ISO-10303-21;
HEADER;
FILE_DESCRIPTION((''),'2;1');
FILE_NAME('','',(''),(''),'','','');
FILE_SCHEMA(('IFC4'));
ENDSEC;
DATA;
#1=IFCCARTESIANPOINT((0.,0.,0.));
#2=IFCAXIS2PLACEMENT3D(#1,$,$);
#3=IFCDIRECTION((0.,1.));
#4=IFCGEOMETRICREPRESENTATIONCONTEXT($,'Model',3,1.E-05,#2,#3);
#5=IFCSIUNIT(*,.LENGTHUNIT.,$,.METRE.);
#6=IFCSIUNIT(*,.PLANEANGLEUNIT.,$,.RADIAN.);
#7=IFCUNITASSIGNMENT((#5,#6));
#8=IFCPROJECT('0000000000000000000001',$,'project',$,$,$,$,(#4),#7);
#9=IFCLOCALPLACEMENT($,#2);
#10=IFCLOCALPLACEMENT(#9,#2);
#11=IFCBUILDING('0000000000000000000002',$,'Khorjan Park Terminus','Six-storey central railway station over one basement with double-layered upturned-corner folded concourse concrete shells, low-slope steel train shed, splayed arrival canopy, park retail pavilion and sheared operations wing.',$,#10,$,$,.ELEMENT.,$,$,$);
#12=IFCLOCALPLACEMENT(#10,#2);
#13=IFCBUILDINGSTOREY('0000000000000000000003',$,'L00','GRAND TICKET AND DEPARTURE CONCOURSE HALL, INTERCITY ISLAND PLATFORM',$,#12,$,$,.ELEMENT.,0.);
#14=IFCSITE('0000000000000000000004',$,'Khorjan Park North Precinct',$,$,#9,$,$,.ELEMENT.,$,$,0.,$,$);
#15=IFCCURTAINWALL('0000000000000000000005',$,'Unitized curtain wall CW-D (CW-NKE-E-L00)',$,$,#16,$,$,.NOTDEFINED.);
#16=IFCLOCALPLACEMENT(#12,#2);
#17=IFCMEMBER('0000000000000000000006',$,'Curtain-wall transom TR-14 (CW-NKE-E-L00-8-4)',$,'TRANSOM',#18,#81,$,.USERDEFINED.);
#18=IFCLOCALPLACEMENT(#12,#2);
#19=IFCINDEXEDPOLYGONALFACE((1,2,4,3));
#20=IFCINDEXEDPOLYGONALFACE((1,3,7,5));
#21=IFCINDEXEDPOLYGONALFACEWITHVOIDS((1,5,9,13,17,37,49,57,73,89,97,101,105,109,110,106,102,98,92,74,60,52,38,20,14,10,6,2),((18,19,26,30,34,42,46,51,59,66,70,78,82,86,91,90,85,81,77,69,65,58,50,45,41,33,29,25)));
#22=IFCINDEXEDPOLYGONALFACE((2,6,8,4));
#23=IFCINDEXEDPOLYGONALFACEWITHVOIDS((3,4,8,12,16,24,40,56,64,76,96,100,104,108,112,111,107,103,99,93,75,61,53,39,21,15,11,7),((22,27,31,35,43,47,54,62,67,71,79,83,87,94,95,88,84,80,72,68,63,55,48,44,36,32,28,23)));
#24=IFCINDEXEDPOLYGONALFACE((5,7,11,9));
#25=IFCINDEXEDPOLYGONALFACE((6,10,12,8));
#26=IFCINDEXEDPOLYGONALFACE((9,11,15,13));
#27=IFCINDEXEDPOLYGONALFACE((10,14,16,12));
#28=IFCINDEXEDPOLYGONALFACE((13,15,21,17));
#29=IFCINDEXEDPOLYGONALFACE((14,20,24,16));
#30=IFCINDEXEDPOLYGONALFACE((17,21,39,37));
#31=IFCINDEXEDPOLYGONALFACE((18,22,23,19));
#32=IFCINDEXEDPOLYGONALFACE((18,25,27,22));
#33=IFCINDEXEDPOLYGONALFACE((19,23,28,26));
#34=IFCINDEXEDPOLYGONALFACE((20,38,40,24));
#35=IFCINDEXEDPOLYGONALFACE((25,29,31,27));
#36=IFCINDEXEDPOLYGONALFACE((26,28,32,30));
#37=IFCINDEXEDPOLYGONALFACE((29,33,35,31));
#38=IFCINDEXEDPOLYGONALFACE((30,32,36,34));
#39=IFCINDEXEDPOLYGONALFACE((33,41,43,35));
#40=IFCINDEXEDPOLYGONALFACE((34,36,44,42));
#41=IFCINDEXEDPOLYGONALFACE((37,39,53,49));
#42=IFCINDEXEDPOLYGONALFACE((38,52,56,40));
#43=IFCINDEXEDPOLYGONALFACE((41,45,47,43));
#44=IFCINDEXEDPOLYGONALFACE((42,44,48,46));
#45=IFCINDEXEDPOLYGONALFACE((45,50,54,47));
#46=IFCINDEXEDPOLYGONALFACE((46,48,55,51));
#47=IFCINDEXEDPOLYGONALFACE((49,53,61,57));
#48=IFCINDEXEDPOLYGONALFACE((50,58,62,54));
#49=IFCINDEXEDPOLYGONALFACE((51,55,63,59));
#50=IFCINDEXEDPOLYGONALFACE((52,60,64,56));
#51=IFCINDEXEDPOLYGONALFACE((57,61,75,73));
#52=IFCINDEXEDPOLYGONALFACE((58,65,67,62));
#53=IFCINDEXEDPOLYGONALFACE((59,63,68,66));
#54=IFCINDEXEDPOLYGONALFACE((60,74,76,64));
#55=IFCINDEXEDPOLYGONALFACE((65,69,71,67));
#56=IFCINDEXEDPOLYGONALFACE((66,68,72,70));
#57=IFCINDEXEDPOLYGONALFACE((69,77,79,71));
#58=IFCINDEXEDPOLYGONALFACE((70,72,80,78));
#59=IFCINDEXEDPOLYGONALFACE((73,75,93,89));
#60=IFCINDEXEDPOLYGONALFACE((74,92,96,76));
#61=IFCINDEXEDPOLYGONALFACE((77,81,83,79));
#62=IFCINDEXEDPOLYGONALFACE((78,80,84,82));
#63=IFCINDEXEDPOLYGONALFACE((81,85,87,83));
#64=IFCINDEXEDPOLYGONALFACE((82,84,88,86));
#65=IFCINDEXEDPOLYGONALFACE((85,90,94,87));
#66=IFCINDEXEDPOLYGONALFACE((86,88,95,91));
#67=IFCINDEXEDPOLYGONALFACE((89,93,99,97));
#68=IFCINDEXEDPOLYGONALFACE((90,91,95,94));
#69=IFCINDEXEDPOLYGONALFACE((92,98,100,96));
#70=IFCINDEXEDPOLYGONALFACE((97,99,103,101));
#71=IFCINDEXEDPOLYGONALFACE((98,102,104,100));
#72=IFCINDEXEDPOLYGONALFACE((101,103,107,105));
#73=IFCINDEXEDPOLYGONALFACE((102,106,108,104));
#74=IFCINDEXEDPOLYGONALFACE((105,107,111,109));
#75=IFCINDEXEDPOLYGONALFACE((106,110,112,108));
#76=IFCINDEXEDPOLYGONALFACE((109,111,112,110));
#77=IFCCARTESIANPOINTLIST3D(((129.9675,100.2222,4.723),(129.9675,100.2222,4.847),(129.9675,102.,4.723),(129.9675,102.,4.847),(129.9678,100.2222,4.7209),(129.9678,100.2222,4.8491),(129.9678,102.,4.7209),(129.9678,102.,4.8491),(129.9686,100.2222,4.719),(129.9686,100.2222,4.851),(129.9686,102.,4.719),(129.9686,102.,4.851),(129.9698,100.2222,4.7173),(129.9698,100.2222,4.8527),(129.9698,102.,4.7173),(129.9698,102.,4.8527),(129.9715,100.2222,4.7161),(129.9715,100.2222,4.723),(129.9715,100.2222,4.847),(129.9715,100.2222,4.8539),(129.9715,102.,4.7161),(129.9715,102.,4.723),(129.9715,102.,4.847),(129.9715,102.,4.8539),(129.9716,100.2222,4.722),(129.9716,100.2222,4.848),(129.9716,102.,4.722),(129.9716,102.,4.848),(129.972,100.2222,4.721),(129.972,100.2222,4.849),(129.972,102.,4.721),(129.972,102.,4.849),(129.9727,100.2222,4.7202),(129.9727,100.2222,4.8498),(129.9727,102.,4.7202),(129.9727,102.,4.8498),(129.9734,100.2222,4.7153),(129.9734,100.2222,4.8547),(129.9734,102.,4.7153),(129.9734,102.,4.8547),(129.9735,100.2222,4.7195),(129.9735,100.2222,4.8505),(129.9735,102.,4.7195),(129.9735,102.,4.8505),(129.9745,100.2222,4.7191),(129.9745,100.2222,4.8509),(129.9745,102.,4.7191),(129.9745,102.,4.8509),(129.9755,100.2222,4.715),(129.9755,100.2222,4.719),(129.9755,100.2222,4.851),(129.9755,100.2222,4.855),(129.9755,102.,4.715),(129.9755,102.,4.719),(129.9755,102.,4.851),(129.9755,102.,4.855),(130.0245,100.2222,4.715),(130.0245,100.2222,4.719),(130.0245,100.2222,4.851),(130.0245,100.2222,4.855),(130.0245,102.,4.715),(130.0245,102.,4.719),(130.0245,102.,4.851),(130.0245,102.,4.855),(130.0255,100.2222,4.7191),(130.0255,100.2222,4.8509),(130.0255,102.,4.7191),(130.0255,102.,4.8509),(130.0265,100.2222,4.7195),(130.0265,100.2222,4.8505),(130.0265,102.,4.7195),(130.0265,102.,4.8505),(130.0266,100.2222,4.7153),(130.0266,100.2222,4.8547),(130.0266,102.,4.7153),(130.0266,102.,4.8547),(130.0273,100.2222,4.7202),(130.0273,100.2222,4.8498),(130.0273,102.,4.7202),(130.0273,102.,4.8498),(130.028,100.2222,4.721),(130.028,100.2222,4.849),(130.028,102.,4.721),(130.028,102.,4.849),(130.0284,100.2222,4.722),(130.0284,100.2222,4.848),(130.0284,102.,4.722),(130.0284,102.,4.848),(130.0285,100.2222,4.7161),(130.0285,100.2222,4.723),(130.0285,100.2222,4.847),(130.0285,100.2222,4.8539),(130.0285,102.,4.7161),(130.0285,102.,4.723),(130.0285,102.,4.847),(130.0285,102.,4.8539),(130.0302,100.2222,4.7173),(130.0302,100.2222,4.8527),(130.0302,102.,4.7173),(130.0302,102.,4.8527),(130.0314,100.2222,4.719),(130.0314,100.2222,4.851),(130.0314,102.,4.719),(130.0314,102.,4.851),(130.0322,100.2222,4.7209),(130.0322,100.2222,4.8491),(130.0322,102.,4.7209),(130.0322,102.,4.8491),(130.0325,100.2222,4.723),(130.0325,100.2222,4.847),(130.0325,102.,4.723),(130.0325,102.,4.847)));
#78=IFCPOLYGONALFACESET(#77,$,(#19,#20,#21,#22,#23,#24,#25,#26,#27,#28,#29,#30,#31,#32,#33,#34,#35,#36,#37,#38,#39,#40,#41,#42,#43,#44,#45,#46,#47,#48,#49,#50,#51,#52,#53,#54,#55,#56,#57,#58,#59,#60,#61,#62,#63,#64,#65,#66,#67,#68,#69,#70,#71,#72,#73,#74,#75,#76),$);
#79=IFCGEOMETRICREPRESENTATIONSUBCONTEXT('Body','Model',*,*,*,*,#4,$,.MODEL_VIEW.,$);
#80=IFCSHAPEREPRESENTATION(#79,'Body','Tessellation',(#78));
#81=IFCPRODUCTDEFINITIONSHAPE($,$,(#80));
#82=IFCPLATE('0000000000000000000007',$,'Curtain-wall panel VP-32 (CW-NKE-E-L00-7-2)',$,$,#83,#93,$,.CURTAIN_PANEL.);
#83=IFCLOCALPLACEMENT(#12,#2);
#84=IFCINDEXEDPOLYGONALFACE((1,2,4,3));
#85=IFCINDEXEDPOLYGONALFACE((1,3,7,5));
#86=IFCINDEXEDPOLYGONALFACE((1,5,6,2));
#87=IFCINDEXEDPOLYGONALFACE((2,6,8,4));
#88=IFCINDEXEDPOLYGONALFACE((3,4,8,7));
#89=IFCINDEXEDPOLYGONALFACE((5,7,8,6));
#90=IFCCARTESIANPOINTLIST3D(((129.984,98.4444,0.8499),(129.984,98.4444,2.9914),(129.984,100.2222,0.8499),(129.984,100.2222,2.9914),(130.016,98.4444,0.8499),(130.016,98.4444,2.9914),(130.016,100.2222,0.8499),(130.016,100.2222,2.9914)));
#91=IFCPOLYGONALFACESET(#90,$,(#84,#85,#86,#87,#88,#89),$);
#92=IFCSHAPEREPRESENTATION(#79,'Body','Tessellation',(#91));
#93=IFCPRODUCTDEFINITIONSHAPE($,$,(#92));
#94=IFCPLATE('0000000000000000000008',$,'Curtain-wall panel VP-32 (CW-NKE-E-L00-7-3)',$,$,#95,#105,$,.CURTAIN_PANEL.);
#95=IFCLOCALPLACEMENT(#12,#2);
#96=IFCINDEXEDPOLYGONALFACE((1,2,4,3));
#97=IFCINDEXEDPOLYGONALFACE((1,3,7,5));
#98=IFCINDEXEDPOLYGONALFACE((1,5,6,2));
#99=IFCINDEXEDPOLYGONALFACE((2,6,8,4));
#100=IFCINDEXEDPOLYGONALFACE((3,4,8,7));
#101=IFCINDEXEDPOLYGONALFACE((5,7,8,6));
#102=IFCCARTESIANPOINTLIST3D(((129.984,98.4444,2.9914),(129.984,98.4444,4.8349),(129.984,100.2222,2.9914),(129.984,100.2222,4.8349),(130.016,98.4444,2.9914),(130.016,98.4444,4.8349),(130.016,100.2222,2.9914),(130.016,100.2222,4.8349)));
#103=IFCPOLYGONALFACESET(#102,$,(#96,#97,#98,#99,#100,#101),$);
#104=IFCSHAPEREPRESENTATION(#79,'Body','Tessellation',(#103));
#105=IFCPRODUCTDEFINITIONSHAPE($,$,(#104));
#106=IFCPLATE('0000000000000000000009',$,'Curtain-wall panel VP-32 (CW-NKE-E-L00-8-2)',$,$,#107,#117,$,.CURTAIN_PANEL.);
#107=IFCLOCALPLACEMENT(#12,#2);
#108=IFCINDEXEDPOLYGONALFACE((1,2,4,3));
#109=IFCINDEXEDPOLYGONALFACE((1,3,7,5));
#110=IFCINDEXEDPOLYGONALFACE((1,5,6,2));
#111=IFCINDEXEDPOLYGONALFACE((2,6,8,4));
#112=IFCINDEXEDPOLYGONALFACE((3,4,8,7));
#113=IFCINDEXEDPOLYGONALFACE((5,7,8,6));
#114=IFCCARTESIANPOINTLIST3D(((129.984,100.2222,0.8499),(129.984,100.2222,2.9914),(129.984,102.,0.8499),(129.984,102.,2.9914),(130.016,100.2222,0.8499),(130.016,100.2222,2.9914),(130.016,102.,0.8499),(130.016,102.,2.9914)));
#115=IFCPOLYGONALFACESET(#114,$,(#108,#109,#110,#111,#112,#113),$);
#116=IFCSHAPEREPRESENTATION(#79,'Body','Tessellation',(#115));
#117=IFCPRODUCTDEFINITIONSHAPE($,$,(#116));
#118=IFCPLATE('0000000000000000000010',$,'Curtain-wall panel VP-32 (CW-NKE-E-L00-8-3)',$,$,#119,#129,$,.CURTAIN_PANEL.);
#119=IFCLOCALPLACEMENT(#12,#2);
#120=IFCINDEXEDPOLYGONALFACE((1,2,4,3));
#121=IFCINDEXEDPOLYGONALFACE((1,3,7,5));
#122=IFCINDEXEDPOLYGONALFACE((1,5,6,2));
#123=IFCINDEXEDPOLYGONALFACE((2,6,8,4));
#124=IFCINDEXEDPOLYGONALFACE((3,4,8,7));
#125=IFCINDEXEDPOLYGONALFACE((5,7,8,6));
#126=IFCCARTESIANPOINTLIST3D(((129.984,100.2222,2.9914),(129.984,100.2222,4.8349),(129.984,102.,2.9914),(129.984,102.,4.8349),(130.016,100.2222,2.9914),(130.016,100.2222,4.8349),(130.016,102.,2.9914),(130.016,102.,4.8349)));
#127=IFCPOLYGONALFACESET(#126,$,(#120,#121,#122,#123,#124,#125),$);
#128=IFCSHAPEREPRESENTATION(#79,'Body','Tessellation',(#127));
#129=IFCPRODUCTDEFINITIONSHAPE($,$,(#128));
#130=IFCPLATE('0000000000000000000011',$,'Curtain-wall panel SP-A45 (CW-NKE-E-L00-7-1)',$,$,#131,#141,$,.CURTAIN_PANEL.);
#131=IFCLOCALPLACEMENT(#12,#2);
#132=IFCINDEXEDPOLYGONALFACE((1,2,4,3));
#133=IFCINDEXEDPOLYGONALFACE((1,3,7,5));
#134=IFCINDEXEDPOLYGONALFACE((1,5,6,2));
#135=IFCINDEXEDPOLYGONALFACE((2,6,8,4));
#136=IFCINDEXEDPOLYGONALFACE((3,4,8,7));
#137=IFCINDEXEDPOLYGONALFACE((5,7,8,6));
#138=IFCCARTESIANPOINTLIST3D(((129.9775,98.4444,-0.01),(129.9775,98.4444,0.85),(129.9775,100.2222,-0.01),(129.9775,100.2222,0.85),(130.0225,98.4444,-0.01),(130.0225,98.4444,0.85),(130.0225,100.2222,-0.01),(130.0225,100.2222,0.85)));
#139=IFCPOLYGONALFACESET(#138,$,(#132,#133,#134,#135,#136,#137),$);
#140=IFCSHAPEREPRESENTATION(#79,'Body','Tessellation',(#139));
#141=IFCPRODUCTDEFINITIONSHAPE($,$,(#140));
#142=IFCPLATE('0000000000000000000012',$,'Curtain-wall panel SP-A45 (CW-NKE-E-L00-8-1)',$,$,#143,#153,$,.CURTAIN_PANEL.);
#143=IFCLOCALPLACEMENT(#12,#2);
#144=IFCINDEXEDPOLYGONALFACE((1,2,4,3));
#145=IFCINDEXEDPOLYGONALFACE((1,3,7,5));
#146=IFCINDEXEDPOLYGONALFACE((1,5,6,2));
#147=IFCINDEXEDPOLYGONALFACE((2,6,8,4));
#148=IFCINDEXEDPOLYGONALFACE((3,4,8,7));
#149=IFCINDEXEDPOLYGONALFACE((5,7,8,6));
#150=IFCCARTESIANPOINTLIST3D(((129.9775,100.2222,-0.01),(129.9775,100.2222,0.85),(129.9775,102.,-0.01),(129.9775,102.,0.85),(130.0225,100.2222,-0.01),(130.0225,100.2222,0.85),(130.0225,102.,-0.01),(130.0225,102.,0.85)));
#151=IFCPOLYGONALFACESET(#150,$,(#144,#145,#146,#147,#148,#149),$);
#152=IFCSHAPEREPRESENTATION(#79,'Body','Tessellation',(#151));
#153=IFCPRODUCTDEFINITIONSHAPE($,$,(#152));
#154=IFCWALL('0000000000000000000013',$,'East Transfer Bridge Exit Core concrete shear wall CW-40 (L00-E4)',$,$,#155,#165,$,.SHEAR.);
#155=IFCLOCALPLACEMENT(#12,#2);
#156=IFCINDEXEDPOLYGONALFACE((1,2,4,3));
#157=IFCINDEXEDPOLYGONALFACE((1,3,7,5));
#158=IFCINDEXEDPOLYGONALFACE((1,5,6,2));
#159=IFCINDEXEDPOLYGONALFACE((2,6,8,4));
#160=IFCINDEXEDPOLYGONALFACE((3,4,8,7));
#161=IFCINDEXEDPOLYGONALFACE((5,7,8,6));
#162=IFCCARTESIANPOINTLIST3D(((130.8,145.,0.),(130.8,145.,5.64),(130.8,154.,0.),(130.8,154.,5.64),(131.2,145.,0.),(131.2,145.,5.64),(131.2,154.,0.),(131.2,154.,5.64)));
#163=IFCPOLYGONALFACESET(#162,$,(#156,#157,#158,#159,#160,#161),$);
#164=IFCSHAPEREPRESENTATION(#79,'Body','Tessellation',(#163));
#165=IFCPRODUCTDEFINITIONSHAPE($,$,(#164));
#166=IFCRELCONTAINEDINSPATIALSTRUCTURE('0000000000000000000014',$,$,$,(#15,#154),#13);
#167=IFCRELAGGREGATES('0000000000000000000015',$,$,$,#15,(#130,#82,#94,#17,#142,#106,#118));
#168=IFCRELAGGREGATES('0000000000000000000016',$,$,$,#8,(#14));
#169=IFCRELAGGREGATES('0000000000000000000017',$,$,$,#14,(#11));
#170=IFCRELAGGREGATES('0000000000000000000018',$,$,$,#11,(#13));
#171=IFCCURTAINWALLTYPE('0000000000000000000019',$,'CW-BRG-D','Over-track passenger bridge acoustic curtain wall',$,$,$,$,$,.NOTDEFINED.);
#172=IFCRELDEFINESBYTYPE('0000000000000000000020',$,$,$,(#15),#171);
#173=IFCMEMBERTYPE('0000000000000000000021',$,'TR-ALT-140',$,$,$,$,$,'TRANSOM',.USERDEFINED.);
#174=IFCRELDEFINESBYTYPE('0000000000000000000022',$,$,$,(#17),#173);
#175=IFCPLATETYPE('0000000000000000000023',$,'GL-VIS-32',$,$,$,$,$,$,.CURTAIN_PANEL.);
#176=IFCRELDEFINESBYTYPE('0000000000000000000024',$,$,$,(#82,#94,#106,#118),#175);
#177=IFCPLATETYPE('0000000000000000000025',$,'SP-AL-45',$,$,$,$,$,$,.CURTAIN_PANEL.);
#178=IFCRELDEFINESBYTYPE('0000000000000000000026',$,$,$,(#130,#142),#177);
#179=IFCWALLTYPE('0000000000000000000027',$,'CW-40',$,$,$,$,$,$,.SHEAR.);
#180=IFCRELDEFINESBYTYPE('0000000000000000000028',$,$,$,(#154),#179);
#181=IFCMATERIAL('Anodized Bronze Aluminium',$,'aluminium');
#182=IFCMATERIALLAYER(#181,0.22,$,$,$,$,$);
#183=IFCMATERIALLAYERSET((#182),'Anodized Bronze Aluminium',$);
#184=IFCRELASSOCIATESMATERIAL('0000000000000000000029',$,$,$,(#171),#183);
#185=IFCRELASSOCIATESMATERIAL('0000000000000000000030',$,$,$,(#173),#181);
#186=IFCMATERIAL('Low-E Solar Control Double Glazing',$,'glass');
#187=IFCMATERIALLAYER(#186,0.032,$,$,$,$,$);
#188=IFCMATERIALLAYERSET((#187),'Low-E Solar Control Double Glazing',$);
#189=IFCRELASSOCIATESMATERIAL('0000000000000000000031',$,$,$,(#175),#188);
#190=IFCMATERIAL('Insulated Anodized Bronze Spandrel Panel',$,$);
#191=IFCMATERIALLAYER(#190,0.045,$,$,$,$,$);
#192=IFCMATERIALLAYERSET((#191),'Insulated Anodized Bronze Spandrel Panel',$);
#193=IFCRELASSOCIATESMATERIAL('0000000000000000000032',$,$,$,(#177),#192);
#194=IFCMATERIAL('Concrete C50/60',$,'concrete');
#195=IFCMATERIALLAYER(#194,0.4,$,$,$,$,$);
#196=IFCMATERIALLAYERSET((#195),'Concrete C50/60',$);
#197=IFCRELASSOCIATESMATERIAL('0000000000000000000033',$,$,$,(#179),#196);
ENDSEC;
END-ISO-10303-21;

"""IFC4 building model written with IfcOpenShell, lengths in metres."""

from ifc_helpers import new_model, si_unit, direction, frame, frame_2d, origin, origin_2d, place, context, subcontext, project, spatial, rectangle, hollow_rectangle, extrude, material, layer, layer_set, material_profile, profile_set, type_object, element, aggregate, save


model = new_model("IFC4")

# Units and contexts
model_context = context("Model", 3, precision=1e-05, world=origin(), true_north=direction((0.0, 1.0)))
body_context = subcontext(model_context, "Body", "Model", "MODEL_VIEW")
ifc_project = project(units=[si_unit("LENGTHUNIT", "METRE"), si_unit("PLANEANGLEUNIT", "RADIAN")], contexts=[model_context])

# Site, building, storey
site_placement = place(None, origin())
site = spatial("IfcSite", under=ifc_project, at=site_placement, Name="Khorjan Park North Precinct", CompositionType="ELEMENT", RefElevation=0.0)
building_placement = place(site_placement, origin())
building = spatial("IfcBuilding", under=site, at=building_placement, Name="Khorjan Park Terminus", Description="Six-storey central railway station over one basement with double-layered upturned-corner folded concourse concrete shells, low-slope steel train shed, splayed arrival canopy, park retail pavilion and sheared operations wing.", CompositionType="ELEMENT")
storey_placement = place(building_placement, origin())
storey = spatial("IfcBuildingStorey", under=building, at=storey_placement, Name="L00", Description="GRAND TICKET AND DEPARTURE CONCOURSE HALL, INTERCITY ISLAND PLATFORM", CompositionType="ELEMENT", Elevation=0.0)

# Curtain wall, member, plates
ifc_material_1 = material(Name="Anodized Bronze Aluminium", Category="aluminium")
ifc_layer_1 = layer(ifc_material_1, 0.22)
ifc_layer_set_1 = layer_set([ifc_layer_1], Name="Anodized Bronze Aluminium")
curtain_wall_type = type_object("IfcCurtainWallType", Name="CW-BRG-D", Description="Over-track passenger bridge acoustic curtain wall", PredefinedType="NOTDEFINED", material=ifc_layer_set_1)
curtain_wall_placement = place(storey_placement, origin())
curtain_wall = element("IfcCurtainWall", 1, at=curtain_wall_placement, inside=storey, type_object=curtain_wall_type, Name="Unitized curtain wall CW-D (CW-NKE-E-L00)", PredefinedType="NOTDEFINED")
ifc_material_profile_1 = material_profile(ifc_material_1, hollow_rectangle(XDim=0.065, YDim=0.14, WallThickness=0.004, InnerFilletRadius=0.004, OuterFilletRadius=0.008, at=origin_2d()), Name="ALT 65x140x4")
ifc_profile_set_1 = profile_set([ifc_material_profile_1], Name="Anodized Bronze Aluminium")
member_type_1 = type_object("IfcMemberType", Name="TR-ALT-140", ElementType="TRANSOM", PredefinedType="USERDEFINED", material=ifc_profile_set_1)
member_1_placement = place(storey_placement, frame((130.0, 100.2222, 4.785), z_axis=(0.0, 1.0, 0.0), x_axis=(-1.0, 0.0, 0.0)))
member_1 = element("IfcMember", 2, at=member_1_placement, type_object=member_type_1, Name="Curtain-wall transom TR-14 (CW-NKE-E-L00-8-4)", ObjectType="TRANSOM", PredefinedType="USERDEFINED", context=body_context, shape_type="SweptSolid", body=[
    extrude(hollow_rectangle(XDim=0.065, YDim=0.14, WallThickness=0.004, InnerFilletRadius=0.004, OuterFilletRadius=0.008, at=origin_2d()), origin(), (0.0, 0.0, 1.0), 1.7778),
])
ifc_material_2 = material(Name="Low-E Solar Control Double Glazing", Category="glass")
ifc_layer_2 = layer(ifc_material_2, 0.032)
ifc_layer_set_2 = layer_set([ifc_layer_2], Name="Low-E Solar Control Double Glazing")
plate_type_1 = type_object("IfcPlateType", Name="GL-VIS-32", PredefinedType="CURTAIN_PANEL", material=ifc_layer_set_2)
plate_1_placement = place(storey_placement, frame((130.0, 99.3333, 0.8499), z_axis=(0.0, 0.0, 1.0), x_axis=(0.0, 1.0, 0.0)))
plate_1 = element("IfcPlate", 3, at=plate_1_placement, type_object=plate_type_1, Name="Curtain-wall panel VP-32 (CW-NKE-E-L00-7-2)", PredefinedType="CURTAIN_PANEL", context=body_context, shape_type="SweptSolid", body=[
    extrude(rectangle(XDim=1.7778, YDim=0.032, at=origin_2d()), origin(), (0.0, 0.0, 1.0), 2.1415),
])
plate_2_placement = place(storey_placement, frame((130.0, 99.3333, 2.9914), z_axis=(0.0, 0.0, 1.0), x_axis=(0.0, 1.0, 0.0)))
plate_2 = element("IfcPlate", 4, at=plate_2_placement, type_object=plate_type_1, Name="Curtain-wall panel VP-32 (CW-NKE-E-L00-7-3)", PredefinedType="CURTAIN_PANEL", context=body_context, shape_type="SweptSolid", body=[
    extrude(rectangle(XDim=1.7778, YDim=0.032, at=origin_2d()), origin(), (0.0, 0.0, 1.0), 1.8435),
])
plate_3_placement = place(storey_placement, frame((130.0, 101.1111, 0.8499), z_axis=(0.0, 0.0, 1.0), x_axis=(0.0, 1.0, 0.0)))
plate_3 = element("IfcPlate", 5, at=plate_3_placement, type_object=plate_type_1, Name="Curtain-wall panel VP-32 (CW-NKE-E-L00-8-2)", PredefinedType="CURTAIN_PANEL", context=body_context, shape_type="SweptSolid", body=[
    extrude(rectangle(XDim=1.7778, YDim=0.032, at=origin_2d()), origin(), (0.0, 0.0, 1.0), 2.1415),
])
plate_4_placement = place(storey_placement, frame((130.0, 101.1111, 2.9914), z_axis=(0.0, 0.0, 1.0), x_axis=(0.0, 1.0, 0.0)))
plate_4 = element("IfcPlate", 6, at=plate_4_placement, type_object=plate_type_1, Name="Curtain-wall panel VP-32 (CW-NKE-E-L00-8-3)", PredefinedType="CURTAIN_PANEL", context=body_context, shape_type="SweptSolid", body=[
    extrude(rectangle(XDim=1.7778, YDim=0.032, at=origin_2d()), origin(), (0.0, 0.0, 1.0), 1.8435),
])
ifc_material_3 = material(Name="Insulated Anodized Bronze Spandrel Panel")
ifc_layer_3 = layer(ifc_material_3, 0.045)
ifc_layer_set_3 = layer_set([ifc_layer_3], Name="Insulated Anodized Bronze Spandrel Panel")
plate_type_2 = type_object("IfcPlateType", Name="SP-AL-45", PredefinedType="CURTAIN_PANEL", material=ifc_layer_set_3)
plate_5_placement = place(storey_placement, frame((130.0, 99.3333, -0.01), z_axis=(0.0, 0.0, 1.0), x_axis=(0.0, 1.0, 0.0)))
plate_5 = element("IfcPlate", 7, at=plate_5_placement, type_object=plate_type_2, Name="Curtain-wall panel SP-A45 (CW-NKE-E-L00-7-1)", PredefinedType="CURTAIN_PANEL", context=body_context, shape_type="SweptSolid", body=[
    extrude(rectangle(XDim=1.7778, YDim=0.045, at=origin_2d()), origin(), (0.0, 0.0, 1.0), 0.86),
])
plate_6_placement = place(storey_placement, frame((130.0, 101.1111, -0.01), z_axis=(0.0, 0.0, 1.0), x_axis=(0.0, 1.0, 0.0)))
plate_6 = element("IfcPlate", 8, at=plate_6_placement, type_object=plate_type_2, Name="Curtain-wall panel SP-A45 (CW-NKE-E-L00-8-1)", PredefinedType="CURTAIN_PANEL", context=body_context, shape_type="SweptSolid", body=[
    extrude(rectangle(XDim=1.7778, YDim=0.045, at=origin_2d()), origin(), (0.0, 0.0, 1.0), 0.86),
])
aggregate(curtain_wall, [plate_5, plate_1, plate_2, member_1, plate_6, plate_3, plate_4])

# Wall
ifc_material_4 = material(Name="Concrete C50/60", Category="concrete")
ifc_layer_4 = layer(ifc_material_4, 0.4)
ifc_layer_set_4 = layer_set([ifc_layer_4], Name="Concrete C50/60")
wall_type_1 = type_object("IfcWallType", Name="CW-40", PredefinedType="SHEAR", material=ifc_layer_set_4)
wall_1_placement = place(storey_placement, frame((131.0, 145.0, 0.0), z_axis=(0.0, 0.0, 1.0), x_axis=(0.0, 1.0, 0.0)))
element("IfcWall", 9, at=wall_1_placement, inside=storey, type_object=wall_type_1, Name="East Transfer Bridge Exit Core concrete shear wall CW-40 (L00-E4)", PredefinedType="SHEAR", context=body_context, shape_type="SweptSolid", body=[
    extrude(rectangle(XDim=9.0, YDim=0.4, at=frame_2d((4.5, 0.0))), origin(), (0.0, 0.0, 1.0), 5.64),
])

save(model, "model.ifc")
